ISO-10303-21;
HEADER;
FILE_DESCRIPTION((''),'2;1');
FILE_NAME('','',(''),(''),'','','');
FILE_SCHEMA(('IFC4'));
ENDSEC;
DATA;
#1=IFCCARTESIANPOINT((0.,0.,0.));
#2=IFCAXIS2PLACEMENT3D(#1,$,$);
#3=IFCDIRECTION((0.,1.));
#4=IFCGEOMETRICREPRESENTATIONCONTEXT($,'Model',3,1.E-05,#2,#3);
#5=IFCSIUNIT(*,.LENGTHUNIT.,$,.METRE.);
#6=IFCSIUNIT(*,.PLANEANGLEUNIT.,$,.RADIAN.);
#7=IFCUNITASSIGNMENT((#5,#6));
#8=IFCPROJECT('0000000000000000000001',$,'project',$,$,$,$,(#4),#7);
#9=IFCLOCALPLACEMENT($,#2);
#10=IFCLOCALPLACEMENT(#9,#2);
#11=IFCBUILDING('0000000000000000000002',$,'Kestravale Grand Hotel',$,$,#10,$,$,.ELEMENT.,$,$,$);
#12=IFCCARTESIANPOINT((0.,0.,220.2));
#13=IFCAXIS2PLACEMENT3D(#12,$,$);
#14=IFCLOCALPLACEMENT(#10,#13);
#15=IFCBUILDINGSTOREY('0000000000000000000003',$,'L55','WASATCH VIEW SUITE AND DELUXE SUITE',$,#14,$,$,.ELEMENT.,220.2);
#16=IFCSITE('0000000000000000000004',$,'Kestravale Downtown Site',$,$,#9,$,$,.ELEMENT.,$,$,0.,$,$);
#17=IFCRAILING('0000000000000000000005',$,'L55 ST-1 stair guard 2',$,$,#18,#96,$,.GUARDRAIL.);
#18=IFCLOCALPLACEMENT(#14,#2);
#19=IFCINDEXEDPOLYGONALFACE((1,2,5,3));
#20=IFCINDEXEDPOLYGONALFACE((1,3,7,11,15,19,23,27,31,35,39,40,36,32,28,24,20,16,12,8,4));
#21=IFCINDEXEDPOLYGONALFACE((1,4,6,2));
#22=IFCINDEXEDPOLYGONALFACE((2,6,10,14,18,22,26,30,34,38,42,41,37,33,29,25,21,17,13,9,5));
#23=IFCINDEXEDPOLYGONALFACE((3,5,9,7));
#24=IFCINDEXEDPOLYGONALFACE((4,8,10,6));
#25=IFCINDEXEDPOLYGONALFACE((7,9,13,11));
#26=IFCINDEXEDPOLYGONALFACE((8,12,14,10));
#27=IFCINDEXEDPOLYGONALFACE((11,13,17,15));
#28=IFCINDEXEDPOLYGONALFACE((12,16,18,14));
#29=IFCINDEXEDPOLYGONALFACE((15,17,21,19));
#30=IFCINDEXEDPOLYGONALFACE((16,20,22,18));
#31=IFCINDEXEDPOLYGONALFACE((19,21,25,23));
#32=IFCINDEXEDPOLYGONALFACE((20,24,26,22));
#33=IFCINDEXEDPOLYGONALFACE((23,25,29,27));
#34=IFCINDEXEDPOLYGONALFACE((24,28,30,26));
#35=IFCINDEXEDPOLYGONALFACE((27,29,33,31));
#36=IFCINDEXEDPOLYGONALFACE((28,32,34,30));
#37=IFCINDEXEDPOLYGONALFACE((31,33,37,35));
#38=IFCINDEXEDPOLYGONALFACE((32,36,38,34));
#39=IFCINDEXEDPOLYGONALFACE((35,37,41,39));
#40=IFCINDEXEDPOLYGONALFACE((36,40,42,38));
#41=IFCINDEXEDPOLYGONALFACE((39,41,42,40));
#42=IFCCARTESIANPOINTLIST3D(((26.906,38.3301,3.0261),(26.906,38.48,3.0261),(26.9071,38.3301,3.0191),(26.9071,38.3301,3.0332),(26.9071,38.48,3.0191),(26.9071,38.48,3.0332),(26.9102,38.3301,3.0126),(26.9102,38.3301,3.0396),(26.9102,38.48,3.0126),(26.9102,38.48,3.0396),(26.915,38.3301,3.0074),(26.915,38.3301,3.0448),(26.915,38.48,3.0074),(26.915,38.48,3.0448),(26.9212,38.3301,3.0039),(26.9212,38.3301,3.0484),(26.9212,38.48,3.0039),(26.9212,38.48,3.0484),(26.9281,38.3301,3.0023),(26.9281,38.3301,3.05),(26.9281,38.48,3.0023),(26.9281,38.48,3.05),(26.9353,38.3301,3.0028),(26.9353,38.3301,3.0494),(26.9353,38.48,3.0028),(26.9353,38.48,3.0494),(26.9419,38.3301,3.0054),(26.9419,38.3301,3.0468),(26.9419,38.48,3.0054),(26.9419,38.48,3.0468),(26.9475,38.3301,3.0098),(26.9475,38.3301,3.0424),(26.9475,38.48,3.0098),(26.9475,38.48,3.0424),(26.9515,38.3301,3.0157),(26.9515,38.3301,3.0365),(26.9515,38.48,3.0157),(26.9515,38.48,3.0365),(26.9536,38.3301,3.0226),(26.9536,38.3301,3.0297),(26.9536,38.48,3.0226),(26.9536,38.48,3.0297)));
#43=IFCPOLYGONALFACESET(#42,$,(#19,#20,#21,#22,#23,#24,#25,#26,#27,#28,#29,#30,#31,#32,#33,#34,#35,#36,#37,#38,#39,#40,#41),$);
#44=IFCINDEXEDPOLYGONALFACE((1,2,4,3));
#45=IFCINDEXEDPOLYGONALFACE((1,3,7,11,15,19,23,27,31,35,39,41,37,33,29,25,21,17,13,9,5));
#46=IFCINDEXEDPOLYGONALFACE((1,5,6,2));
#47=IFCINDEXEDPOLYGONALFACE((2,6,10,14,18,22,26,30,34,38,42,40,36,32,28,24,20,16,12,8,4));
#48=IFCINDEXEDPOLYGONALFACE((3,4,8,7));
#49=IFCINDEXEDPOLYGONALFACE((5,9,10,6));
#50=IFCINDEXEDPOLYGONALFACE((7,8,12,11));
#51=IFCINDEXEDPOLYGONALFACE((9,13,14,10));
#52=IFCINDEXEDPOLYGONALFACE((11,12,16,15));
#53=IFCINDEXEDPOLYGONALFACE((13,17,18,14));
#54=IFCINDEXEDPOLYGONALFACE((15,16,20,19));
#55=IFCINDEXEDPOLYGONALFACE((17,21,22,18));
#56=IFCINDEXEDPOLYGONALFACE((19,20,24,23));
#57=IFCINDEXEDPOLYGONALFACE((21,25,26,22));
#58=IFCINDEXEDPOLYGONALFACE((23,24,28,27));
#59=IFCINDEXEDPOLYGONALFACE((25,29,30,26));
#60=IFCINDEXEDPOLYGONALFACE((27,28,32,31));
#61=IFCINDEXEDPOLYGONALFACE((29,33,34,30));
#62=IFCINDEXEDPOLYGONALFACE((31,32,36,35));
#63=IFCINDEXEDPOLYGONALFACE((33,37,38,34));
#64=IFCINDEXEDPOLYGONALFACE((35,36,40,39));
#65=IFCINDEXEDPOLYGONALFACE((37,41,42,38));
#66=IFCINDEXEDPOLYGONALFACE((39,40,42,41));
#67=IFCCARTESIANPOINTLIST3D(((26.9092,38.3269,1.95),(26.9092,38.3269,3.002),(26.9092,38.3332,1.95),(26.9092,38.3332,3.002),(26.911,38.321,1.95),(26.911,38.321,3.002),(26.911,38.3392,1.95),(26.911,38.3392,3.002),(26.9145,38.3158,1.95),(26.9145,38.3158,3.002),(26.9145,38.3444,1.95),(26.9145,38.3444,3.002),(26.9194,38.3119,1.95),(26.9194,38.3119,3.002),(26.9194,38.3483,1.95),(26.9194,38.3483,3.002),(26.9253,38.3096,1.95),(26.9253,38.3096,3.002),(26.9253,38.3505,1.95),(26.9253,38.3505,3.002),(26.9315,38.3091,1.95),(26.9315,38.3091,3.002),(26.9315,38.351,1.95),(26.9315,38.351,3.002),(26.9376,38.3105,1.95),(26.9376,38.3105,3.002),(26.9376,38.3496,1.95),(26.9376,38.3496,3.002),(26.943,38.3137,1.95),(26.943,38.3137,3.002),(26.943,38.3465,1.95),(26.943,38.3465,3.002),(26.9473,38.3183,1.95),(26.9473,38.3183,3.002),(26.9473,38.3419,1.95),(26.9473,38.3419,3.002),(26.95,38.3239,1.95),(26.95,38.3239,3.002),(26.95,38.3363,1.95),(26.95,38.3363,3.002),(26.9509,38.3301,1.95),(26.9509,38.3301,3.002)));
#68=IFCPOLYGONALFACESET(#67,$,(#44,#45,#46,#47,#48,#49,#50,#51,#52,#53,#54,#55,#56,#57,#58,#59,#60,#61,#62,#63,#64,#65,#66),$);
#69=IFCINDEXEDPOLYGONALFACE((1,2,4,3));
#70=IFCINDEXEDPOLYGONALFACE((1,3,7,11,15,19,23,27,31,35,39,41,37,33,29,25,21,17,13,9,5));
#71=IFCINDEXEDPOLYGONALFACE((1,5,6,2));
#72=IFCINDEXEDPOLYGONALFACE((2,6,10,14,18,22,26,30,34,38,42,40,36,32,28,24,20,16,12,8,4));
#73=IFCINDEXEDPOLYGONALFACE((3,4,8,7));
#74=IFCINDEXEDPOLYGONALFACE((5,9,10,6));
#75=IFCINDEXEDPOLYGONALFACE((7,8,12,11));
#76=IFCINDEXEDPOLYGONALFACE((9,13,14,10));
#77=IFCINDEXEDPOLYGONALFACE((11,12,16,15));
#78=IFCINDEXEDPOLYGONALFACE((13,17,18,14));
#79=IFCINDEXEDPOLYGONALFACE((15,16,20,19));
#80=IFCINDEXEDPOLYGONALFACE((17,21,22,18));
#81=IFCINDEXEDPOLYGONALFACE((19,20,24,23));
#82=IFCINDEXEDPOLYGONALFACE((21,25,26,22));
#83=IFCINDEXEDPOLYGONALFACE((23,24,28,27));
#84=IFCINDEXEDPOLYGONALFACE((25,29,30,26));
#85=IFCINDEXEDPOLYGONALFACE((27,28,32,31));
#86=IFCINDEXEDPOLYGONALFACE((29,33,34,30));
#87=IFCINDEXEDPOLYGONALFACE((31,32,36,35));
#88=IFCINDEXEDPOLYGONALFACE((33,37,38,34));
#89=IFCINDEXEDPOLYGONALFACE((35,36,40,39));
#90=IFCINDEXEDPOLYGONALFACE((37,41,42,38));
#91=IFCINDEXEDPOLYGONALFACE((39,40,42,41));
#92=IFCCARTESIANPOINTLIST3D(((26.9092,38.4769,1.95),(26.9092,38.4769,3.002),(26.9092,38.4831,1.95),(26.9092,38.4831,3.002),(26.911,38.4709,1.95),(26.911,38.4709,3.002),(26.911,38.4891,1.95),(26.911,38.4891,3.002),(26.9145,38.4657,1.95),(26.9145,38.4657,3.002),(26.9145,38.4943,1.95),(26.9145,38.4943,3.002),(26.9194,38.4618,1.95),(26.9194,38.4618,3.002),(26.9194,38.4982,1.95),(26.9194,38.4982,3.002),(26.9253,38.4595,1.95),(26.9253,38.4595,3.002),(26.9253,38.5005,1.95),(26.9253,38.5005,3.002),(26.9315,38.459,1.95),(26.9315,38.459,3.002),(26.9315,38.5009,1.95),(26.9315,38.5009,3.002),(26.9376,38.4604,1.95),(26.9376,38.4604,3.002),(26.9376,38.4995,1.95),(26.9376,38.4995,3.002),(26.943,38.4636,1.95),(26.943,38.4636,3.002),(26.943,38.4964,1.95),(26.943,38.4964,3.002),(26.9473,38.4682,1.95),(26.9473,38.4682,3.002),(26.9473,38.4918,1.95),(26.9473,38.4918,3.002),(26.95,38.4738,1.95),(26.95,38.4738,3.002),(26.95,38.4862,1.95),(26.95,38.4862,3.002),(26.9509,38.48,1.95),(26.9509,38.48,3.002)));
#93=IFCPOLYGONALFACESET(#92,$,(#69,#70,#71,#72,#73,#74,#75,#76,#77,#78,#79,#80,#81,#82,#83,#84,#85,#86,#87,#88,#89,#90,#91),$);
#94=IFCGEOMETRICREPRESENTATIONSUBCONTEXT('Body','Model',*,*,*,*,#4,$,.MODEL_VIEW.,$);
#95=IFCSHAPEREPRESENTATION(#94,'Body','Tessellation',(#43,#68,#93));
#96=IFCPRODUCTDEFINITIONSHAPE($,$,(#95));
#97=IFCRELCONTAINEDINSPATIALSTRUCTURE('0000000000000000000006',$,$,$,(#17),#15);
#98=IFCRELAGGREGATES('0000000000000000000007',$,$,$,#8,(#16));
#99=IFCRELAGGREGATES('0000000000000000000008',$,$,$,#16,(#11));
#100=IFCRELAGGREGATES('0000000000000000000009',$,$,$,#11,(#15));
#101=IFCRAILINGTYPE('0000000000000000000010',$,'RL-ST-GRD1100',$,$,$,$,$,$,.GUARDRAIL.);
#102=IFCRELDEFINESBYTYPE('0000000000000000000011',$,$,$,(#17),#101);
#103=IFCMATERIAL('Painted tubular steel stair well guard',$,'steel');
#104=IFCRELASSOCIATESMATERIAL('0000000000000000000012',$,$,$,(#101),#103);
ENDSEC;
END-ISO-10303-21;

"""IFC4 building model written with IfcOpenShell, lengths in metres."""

from ifc_helpers import new_model, si_unit, direction, frame, origin, origin_2d, place, context, subcontext, project, spatial, circle, extrude, material, type_object, element, save


model = new_model("IFC4")

# Units and contexts
model_context = context("Model", 3, precision=1e-05, world=origin(), true_north=direction((0.0, 1.0)))
body_context = subcontext(model_context, "Body", "Model", "MODEL_VIEW")
ifc_project = project(units=[si_unit("LENGTHUNIT", "METRE"), si_unit("PLANEANGLEUNIT", "RADIAN")], contexts=[model_context])

# Site, building, storey
site_placement = place(None, origin())
site = spatial("IfcSite", under=ifc_project, at=site_placement, Name="Kestravale Downtown Site", CompositionType="ELEMENT", RefElevation=0.0)
building_placement = place(site_placement, origin())
building = spatial("IfcBuilding", under=site, at=building_placement, Name="Kestravale Grand Hotel", CompositionType="ELEMENT")
storey_placement = place(building_placement, frame((0.0, 0.0, 220.2)))
storey = spatial("IfcBuildingStorey", under=building, at=storey_placement, Name="L55", Description="WASATCH VIEW SUITE AND DELUXE SUITE", CompositionType="ELEMENT", Elevation=220.2)

# Railing
ifc_material_1 = material(Name="Painted tubular steel stair well guard", Category="steel")
railing_type_1 = type_object("IfcRailingType", Name="RL-ST-GRD1100", PredefinedType="GUARDRAIL", material=ifc_material_1)
railing_1_placement = place(storey_placement, frame((26.9299, 38.3301, 1.95)))
element("IfcRailing", 1, at=railing_1_placement, inside=storey, type_object=railing_type_1, Name="L55 ST-1 stair guard 2", PredefinedType="GUARDRAIL", context=body_context, shape_type="SweptSolid", body=[
    extrude(circle(Radius=0.0239, at=origin_2d()), frame((0.0, 0.0, 1.0762), z_axis=(0.0, 1.0, 0.0), x_axis=(-1.0, 0.0, 0.0)), (0.0, 0.0, 1.0), 0.1499),
    extrude(circle(Radius=0.021, at=origin_2d()), origin(), (0.0, 0.0, 1.0), 1.052),
    extrude(circle(Radius=0.021, at=origin_2d()), frame((0.0, 0.1499, 0.0)), (0.0, 0.0, 1.0), 1.052),
])

save(model, "model.ifc")
